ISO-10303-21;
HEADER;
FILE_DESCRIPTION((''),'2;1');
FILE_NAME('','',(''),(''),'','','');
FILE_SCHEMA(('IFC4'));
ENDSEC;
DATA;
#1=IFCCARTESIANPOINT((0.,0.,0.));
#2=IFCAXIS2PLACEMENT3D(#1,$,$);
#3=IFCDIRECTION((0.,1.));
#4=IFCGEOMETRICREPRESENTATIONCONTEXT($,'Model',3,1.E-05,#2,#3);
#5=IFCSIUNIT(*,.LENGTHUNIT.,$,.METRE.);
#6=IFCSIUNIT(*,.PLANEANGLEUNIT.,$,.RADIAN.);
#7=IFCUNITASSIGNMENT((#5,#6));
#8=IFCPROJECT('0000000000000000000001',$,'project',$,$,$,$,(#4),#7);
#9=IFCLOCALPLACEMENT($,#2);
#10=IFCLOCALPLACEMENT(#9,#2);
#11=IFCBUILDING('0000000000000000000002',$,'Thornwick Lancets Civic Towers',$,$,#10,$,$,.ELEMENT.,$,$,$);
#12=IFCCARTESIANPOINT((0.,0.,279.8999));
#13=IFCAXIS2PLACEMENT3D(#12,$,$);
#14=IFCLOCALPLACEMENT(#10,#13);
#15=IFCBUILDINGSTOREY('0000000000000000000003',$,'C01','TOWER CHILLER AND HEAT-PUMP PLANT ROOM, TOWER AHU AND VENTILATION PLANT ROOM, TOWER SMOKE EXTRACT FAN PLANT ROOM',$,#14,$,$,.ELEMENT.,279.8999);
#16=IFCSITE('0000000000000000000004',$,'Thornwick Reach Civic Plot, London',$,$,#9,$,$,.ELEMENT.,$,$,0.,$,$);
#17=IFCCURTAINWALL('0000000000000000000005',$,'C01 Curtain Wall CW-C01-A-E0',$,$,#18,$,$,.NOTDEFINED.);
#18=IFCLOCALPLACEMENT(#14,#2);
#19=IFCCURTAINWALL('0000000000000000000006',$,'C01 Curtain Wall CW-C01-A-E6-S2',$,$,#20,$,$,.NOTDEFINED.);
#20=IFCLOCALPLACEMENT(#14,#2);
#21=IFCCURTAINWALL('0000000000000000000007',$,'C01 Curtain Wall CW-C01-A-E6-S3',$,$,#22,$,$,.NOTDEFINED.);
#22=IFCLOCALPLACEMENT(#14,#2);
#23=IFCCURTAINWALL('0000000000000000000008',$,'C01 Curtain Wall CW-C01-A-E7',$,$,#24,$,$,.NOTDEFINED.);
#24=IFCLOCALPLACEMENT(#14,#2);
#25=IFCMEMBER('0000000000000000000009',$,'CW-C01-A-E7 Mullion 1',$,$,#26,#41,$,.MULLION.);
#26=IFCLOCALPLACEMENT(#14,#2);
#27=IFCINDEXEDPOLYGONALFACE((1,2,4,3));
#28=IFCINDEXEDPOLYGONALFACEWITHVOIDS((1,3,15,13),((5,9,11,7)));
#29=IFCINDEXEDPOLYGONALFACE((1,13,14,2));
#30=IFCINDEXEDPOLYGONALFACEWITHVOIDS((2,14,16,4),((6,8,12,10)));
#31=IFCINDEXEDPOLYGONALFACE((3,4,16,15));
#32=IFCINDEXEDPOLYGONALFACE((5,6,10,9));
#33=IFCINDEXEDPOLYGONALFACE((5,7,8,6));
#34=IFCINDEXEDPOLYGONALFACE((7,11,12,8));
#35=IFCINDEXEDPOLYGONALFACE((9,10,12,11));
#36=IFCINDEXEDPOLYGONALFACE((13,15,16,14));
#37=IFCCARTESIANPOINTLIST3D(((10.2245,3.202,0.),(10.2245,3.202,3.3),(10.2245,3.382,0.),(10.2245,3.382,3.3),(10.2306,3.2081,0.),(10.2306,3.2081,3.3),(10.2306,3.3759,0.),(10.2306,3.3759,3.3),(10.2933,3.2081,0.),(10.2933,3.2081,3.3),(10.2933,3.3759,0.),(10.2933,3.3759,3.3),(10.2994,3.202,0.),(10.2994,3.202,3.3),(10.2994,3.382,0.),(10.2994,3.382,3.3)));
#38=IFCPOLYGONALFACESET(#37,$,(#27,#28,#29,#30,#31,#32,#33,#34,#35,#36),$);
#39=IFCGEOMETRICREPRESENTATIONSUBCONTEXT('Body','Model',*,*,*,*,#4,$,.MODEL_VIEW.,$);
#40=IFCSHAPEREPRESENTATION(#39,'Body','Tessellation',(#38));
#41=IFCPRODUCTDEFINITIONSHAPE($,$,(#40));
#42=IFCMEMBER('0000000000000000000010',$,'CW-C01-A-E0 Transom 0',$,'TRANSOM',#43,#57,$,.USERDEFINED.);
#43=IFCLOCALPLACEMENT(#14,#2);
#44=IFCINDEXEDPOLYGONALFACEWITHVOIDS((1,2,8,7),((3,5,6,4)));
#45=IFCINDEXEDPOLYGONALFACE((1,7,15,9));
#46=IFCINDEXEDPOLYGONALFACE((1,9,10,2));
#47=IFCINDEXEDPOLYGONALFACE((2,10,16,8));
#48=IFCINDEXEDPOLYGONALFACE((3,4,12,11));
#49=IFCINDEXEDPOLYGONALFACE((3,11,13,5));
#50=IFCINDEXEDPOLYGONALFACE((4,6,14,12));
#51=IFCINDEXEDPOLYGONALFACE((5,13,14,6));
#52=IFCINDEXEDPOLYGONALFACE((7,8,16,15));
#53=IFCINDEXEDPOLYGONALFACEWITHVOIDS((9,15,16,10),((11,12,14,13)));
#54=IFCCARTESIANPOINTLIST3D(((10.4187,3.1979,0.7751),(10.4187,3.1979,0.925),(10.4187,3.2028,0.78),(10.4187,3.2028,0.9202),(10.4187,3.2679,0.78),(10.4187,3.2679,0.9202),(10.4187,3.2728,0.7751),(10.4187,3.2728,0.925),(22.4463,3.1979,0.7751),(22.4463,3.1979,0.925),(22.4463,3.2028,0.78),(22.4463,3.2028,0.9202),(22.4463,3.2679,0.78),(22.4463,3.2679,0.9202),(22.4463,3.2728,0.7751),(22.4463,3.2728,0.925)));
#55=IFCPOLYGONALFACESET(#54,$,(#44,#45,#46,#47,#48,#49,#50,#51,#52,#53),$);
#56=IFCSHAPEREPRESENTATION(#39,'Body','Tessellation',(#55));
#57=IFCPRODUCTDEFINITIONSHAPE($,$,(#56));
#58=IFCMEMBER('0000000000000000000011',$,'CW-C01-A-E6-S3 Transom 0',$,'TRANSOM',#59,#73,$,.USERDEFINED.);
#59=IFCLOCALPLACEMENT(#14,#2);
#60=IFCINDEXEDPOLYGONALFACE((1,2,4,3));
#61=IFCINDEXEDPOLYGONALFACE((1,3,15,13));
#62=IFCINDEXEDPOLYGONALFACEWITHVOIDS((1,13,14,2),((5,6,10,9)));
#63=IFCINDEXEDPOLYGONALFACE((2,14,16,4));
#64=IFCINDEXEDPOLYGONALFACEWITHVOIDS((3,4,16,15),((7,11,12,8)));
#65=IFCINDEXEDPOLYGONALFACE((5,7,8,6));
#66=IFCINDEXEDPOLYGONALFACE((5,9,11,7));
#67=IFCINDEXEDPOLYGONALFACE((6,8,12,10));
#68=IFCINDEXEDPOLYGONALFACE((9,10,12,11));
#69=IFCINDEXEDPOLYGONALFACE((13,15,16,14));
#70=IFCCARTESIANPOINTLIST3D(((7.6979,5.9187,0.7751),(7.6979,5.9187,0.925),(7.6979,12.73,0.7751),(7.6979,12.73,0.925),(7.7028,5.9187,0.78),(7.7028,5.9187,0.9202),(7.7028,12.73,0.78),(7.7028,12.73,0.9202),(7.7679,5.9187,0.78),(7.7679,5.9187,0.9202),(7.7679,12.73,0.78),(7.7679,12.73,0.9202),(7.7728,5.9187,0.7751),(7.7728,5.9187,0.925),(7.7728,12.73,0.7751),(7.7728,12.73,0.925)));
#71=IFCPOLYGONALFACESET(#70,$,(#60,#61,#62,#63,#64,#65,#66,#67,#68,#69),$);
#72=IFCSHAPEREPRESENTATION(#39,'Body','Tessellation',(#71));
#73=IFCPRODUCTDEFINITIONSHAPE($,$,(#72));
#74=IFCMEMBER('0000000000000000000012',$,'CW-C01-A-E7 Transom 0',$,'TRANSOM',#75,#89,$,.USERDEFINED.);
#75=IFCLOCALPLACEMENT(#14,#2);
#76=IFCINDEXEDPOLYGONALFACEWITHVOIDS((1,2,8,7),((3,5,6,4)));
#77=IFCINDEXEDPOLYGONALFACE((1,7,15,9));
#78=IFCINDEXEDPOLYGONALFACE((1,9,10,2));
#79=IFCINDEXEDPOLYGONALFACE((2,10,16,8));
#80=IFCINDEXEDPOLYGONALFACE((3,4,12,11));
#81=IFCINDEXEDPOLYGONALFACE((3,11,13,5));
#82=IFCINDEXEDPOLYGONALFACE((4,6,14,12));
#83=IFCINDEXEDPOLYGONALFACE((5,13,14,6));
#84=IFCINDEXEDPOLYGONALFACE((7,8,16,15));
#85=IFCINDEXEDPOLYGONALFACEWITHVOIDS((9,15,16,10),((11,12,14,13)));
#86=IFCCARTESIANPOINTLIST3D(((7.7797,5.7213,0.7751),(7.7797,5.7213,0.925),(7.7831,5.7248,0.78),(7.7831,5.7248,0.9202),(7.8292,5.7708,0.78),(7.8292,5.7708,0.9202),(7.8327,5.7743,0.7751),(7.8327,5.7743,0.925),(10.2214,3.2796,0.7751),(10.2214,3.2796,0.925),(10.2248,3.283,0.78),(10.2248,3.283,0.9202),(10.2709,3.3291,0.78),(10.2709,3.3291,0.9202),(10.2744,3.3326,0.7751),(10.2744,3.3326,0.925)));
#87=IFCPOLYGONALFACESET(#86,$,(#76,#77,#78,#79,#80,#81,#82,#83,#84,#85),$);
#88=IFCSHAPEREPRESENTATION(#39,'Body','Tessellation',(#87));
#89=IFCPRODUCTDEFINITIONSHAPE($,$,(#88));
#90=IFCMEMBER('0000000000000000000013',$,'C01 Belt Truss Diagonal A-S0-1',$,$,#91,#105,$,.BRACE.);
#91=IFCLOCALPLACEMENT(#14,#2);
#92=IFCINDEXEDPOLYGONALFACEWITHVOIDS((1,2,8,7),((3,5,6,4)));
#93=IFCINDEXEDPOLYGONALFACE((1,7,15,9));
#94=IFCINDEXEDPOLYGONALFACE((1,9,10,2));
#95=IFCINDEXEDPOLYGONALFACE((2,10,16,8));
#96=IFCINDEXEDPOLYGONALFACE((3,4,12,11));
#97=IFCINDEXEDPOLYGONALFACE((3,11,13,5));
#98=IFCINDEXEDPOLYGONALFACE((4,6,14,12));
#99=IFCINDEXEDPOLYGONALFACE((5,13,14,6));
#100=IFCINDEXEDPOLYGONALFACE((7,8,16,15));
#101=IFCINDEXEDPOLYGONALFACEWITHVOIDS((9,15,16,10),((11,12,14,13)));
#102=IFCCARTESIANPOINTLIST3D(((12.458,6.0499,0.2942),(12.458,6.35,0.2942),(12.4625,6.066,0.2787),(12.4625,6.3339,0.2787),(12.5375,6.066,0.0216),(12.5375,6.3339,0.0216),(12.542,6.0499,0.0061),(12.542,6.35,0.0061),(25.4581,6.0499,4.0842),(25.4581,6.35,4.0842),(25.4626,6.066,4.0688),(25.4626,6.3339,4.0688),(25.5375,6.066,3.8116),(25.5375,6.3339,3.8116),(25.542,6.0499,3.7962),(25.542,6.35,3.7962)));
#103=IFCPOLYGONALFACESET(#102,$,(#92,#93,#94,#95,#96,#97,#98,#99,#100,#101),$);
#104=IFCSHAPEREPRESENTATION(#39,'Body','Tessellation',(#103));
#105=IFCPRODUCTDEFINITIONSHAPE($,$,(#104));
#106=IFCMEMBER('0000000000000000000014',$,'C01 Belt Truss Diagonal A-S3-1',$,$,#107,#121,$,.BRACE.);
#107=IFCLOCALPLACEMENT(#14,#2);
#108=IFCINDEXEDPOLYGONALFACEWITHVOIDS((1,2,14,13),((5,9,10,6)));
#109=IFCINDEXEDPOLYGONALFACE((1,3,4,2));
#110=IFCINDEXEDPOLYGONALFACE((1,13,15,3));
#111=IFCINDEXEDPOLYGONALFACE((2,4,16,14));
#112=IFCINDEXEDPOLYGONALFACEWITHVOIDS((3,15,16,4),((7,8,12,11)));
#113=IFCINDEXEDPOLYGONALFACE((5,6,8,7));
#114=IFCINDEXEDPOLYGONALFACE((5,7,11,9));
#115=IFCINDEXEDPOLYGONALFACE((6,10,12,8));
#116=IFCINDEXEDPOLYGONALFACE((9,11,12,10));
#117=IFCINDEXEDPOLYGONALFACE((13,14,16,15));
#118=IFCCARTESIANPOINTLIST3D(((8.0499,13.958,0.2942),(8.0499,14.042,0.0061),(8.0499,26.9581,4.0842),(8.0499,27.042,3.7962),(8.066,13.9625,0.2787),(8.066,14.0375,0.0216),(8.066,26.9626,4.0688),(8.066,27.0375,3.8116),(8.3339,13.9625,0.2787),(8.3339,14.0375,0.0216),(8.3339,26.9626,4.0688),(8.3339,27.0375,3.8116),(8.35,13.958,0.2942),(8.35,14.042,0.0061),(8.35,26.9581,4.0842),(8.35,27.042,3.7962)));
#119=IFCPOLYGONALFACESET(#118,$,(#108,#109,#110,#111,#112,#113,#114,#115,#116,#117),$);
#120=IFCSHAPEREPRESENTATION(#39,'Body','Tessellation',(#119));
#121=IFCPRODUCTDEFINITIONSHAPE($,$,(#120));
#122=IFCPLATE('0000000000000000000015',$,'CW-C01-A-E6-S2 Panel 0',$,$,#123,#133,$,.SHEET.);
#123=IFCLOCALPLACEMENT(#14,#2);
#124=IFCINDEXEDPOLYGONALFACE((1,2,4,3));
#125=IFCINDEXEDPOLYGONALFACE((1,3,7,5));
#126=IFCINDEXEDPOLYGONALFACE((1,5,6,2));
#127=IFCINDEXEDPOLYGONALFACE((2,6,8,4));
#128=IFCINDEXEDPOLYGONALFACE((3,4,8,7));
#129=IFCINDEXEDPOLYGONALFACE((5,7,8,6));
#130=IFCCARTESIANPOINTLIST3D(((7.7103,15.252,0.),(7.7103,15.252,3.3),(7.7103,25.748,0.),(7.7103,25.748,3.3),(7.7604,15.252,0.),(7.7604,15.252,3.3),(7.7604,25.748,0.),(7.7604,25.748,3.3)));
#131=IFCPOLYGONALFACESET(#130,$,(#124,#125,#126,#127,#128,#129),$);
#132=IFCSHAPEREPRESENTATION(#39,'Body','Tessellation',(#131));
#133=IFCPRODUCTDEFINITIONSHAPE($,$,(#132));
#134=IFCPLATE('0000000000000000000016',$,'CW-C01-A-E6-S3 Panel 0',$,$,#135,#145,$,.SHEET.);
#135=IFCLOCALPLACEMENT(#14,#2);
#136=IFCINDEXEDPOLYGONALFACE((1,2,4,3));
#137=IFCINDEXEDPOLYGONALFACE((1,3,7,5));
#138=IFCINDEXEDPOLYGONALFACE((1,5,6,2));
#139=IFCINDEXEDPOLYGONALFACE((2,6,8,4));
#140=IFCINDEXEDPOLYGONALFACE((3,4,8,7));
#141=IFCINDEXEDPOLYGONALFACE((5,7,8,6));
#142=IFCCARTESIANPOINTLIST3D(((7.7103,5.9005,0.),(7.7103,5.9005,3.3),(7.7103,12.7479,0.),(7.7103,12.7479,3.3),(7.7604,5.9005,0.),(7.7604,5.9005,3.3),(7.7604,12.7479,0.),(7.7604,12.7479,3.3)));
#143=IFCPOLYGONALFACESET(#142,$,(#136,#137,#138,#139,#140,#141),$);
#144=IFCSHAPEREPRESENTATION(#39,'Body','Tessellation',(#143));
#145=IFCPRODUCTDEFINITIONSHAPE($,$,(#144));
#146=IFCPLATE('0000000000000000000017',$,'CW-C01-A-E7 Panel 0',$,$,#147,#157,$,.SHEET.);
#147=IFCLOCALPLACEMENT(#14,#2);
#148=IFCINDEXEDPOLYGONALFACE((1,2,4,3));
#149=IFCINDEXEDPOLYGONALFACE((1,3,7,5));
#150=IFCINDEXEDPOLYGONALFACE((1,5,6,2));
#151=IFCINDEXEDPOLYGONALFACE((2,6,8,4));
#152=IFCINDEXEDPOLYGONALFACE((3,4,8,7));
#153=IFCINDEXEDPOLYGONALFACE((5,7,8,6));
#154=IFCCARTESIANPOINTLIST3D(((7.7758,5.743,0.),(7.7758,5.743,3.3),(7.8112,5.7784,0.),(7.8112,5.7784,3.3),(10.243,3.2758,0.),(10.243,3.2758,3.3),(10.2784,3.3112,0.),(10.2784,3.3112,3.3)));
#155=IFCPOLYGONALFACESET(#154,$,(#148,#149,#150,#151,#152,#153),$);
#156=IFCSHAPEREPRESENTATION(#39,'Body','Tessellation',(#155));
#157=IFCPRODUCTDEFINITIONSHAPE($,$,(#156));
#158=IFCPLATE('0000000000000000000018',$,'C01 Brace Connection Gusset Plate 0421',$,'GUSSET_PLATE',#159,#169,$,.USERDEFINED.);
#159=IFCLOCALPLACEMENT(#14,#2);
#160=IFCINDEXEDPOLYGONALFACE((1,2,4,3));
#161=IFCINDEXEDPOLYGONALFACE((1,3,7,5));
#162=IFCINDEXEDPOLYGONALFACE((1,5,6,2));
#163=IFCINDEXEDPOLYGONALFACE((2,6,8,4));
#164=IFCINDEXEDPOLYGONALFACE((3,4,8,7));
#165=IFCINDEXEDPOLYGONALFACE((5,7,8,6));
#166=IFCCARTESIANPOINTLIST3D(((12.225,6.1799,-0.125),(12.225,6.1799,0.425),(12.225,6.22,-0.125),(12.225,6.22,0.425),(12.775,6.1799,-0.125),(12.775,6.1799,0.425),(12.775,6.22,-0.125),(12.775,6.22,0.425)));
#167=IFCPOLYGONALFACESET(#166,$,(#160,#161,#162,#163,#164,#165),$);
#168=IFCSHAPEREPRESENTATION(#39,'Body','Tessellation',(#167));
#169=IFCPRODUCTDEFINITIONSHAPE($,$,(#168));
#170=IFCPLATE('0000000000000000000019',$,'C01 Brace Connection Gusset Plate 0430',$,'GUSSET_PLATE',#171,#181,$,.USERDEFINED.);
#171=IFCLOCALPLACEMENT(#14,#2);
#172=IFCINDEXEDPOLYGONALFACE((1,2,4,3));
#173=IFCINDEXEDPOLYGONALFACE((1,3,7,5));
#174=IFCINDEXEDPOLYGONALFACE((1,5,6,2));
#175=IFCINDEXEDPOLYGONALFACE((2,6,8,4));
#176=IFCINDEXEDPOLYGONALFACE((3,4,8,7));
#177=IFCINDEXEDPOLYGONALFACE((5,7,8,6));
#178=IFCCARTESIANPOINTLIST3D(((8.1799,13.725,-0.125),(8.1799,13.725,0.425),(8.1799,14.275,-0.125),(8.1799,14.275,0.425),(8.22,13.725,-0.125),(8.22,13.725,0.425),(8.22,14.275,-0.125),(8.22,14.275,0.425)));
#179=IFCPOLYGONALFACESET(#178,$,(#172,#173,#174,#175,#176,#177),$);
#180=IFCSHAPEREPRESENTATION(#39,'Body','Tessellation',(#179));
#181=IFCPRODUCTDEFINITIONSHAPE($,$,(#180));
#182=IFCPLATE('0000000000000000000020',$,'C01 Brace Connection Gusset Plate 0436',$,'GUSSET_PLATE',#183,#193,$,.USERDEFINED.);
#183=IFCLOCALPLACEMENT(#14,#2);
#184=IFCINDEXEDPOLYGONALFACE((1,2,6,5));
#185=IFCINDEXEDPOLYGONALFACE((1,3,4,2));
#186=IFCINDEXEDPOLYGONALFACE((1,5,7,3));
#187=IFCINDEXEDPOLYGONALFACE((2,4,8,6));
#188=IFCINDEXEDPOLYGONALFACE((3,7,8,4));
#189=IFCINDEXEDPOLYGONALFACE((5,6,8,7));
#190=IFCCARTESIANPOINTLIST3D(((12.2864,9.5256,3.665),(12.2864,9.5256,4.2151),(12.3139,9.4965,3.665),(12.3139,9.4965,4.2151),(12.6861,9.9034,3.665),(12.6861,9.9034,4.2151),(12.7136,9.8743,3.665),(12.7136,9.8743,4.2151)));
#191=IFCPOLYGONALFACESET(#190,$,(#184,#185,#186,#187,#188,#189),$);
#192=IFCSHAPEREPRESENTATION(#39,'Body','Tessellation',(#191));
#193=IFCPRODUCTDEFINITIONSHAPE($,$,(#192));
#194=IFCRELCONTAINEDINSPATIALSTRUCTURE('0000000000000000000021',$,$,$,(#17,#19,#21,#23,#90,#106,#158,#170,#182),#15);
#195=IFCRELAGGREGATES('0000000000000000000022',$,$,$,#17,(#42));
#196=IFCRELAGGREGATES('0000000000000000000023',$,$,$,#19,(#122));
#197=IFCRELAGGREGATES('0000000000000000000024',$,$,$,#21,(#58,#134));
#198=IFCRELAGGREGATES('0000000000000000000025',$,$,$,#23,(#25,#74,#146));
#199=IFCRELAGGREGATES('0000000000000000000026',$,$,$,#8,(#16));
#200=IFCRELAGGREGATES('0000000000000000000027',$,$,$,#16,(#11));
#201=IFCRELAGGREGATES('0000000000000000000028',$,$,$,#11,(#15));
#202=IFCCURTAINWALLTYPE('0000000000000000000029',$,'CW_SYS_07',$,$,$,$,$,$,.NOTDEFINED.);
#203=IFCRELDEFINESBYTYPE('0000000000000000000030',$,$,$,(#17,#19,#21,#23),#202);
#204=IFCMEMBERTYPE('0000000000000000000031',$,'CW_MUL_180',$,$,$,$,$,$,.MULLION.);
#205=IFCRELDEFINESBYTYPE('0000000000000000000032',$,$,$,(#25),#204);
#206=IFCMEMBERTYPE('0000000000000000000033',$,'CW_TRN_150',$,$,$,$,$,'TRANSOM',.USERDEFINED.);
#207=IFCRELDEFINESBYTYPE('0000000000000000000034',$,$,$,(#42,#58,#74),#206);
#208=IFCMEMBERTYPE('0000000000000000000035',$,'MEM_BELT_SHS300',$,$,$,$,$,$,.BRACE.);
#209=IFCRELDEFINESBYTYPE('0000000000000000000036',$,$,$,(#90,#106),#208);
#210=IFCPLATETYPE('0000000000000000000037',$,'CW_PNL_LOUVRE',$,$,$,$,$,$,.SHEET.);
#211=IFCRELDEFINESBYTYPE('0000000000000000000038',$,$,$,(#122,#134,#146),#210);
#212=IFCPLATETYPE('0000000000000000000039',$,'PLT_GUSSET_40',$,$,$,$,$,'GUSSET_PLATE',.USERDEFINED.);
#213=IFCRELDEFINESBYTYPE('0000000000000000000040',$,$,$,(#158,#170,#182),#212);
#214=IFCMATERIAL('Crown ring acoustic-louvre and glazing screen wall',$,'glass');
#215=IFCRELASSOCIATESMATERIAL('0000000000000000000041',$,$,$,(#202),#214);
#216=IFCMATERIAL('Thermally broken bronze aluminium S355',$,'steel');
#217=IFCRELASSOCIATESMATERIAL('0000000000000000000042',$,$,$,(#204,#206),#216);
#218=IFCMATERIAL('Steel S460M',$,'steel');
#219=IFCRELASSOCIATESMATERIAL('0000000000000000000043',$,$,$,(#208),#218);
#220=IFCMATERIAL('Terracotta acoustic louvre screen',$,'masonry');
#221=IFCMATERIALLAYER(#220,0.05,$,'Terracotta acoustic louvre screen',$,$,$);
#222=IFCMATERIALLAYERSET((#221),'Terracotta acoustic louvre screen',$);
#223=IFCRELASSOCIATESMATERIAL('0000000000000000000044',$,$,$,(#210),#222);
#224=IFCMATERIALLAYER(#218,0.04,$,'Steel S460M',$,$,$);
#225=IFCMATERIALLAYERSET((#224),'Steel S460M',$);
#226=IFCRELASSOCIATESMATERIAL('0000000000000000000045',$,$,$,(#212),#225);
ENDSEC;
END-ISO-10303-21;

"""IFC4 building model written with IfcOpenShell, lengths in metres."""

from ifc_helpers import new_model, si_unit, direction, frame, origin, origin_2d, place, context, subcontext, project, spatial, rectangle, hollow_rectangle, extrude, material, layer, layer_set, material_profile, profile_set, type_object, element, aggregate, save


model = new_model("IFC4")

# Units and contexts
model_context = context("Model", 3, precision=1e-05, world=origin(), true_north=direction((0.0, 1.0)))
body_context = subcontext(model_context, "Body", "Model", "MODEL_VIEW")
ifc_project = project(units=[si_unit("LENGTHUNIT", "METRE"), si_unit("PLANEANGLEUNIT", "RADIAN")], contexts=[model_context])

# Site, building, storey
site_placement = place(None, origin())
site = spatial("IfcSite", under=ifc_project, at=site_placement, Name="Thornwick Reach Civic Plot, London", CompositionType="ELEMENT", RefElevation=0.0)
building_placement = place(site_placement, origin())
building = spatial("IfcBuilding", under=site, at=building_placement, Name="Thornwick Lancets Civic Towers", CompositionType="ELEMENT")
storey_placement = place(building_placement, frame((0.0, 0.0, 279.8999)))
storey = spatial("IfcBuildingStorey", under=building, at=storey_placement, Name="C01", Description="TOWER CHILLER AND HEAT-PUMP PLANT ROOM, TOWER AHU AND VENTILATION PLANT ROOM, TOWER SMOKE EXTRACT FAN PLANT ROOM", CompositionType="ELEMENT", Elevation=279.8999)

# Curtain walls
ifc_material_1 = material(Name="Crown ring acoustic-louvre and glazing screen wall", Category="glass")
curtain_wall_type = type_object("IfcCurtainWallType", Name="CW_SYS_07", PredefinedType="NOTDEFINED", material=ifc_material_1)
curtain_wall_1_placement = place(storey_placement, origin())
curtain_wall_1 = element("IfcCurtainWall", 1, at=curtain_wall_1_placement, inside=storey, type_object=curtain_wall_type, Name="C01 Curtain Wall CW-C01-A-E0", PredefinedType="NOTDEFINED")
ifc_material_2 = material(Name="Thermally broken bronze aluminium S355", Category="steel")
ifc_material_profile_1 = material_profile(ifc_material_2, hollow_rectangle(XDim=0.075, YDim=0.1799, WallThickness=0.0061, at=origin_2d()), Name="RHS 180x75x6")
ifc_profile_set_1 = profile_set([ifc_material_profile_1], Name="Thermally broken bronze aluminium S355")
member_type_1 = type_object("IfcMemberType", Name="CW_MUL_180", PredefinedType="MULLION", material=ifc_profile_set_1)
curtain_wall_2_placement = place(storey_placement, origin())
curtain_wall_2 = element("IfcCurtainWall", 2, at=curtain_wall_2_placement, inside=storey, type_object=curtain_wall_type, Name="C01 Curtain Wall CW-C01-A-E6-S2", PredefinedType="NOTDEFINED")

# Curtain walls, member
curtain_wall_3_placement = place(storey_placement, origin())
curtain_wall_3 = element("IfcCurtainWall", 3, at=curtain_wall_3_placement, inside=storey, type_object=curtain_wall_type, Name="C01 Curtain Wall CW-C01-A-E6-S3", PredefinedType="NOTDEFINED")
curtain_wall_4_placement = place(storey_placement, origin())
curtain_wall_4 = element("IfcCurtainWall", 4, at=curtain_wall_4_placement, inside=storey, type_object=curtain_wall_type, Name="C01 Curtain Wall CW-C01-A-E7", PredefinedType="NOTDEFINED")
member_1_placement = place(storey_placement, frame((10.262, 3.292, 0.0), z_axis=(0.0, 0.0, 1.0), x_axis=(1.0, 0.0, 0.0)))
member_1 = element("IfcMember", 5, at=member_1_placement, type_object=member_type_1, Name="CW-C01-A-E7 Mullion 1", PredefinedType="MULLION", context=body_context, shape_type="SweptSolid", body=[
    extrude(hollow_rectangle(XDim=0.075, YDim=0.1799, WallThickness=0.0061, at=origin_2d()), origin(), (0.0, 0.0, 1.0), 3.3),
])

# Members
ifc_material_profile_2 = material_profile(ifc_material_2, hollow_rectangle(XDim=0.075, YDim=0.1499, WallThickness=0.0049, at=origin_2d()), Name="RHS 150x75x5")
ifc_profile_set_2 = profile_set([ifc_material_profile_2], Name="Thermally broken bronze aluminium S355")
member_type_2 = type_object("IfcMemberType", Name="CW_TRN_150", ElementType="TRANSOM", PredefinedType="USERDEFINED", material=ifc_profile_set_2)
member_2_placement = place(storey_placement, frame((10.4187, 3.2354, 0.8501), z_axis=(1.0, 0.0, 0.0), x_axis=(0.0, 1.0, 0.0)))
member_2 = element("IfcMember", 6, at=member_2_placement, type_object=member_type_2, Name="CW-C01-A-E0 Transom 0", ObjectType="TRANSOM", PredefinedType="USERDEFINED", context=body_context, shape_type="SweptSolid", body=[
    extrude(hollow_rectangle(XDim=0.075, YDim=0.1499, WallThickness=0.0049, at=origin_2d()), origin(), (0.0, 0.0, 1.0), 12.0276),
])
aggregate(curtain_wall_1, [member_2])
member_3_placement = place(storey_placement, frame((7.7354, 12.73, 0.8501), z_axis=(0.0, -1.0, 0.0), x_axis=(1.0, 0.0, 0.0)))
member_3 = element("IfcMember", 7, at=member_3_placement, type_object=member_type_2, Name="CW-C01-A-E6-S3 Transom 0", ObjectType="TRANSOM", PredefinedType="USERDEFINED", context=body_context, shape_type="SweptSolid", body=[
    extrude(hollow_rectangle(XDim=0.075, YDim=0.1499, WallThickness=0.0049, at=origin_2d()), origin(), (0.0, 0.0, 1.0), 6.8113),
])
member_4_placement = place(storey_placement, frame((7.8062, 5.7478, 0.8501), z_axis=(0.707107, -0.707107, 0.0), x_axis=(0.707107, 0.707107, 0.0)))
member_4 = element("IfcMember", 8, at=member_4_placement, type_object=member_type_2, Name="CW-C01-A-E7 Transom 0", ObjectType="TRANSOM", PredefinedType="USERDEFINED", context=body_context, shape_type="SweptSolid", body=[
    extrude(hollow_rectangle(XDim=0.075, YDim=0.1499, WallThickness=0.0049, at=origin_2d()), origin(), (0.0, 0.0, 1.0), 3.4531),
])

# Members
ifc_material_3 = material(Name="Steel S460M", Category="steel")
ifc_material_profile_3 = material_profile(ifc_material_3, hollow_rectangle(XDim=0.3, YDim=0.3, WallThickness=0.0161, at=origin_2d()), Name="SHS 300x300x16")
ifc_profile_set_3 = profile_set([ifc_material_profile_3], Name="Steel S460M")
member_type_3 = type_object("IfcMemberType", Name="MEM_BELT_SHS300", PredefinedType="BRACE", material=ifc_profile_set_3)
for number, where, z_axis, x_axis, name in (
    (9, (12.5, 6.2, 0.1501), (0.960032, 0.0, 0.279889), (0.0, 1.0, 0.0), "C01 Belt Truss Diagonal A-S0-1"),
    (10, (8.2, 14.0, 0.1501), (0.0, 0.960032, 0.279889), (-1.0, 0.0, 0.0), "C01 Belt Truss Diagonal A-S3-1"),
):
    element("IfcMember", number, at=place(storey_placement, frame(where, z_axis=z_axis, x_axis=x_axis)), inside=storey, type_object=member_type_3, Name=name, PredefinedType="BRACE", context=body_context, shape_type="SweptSolid", body=[
        extrude(hollow_rectangle(XDim=0.3, YDim=0.3, WallThickness=0.0161, at=origin_2d()), origin(), (0.0, 0.0, 1.0), 13.5413),
    ])

# Plates
ifc_material_4 = material(Name="Terracotta acoustic louvre screen", Category="masonry")
ifc_layer_1 = layer(ifc_material_4, 0.05, Name="Terracotta acoustic louvre screen")
ifc_layer_set_1 = layer_set([ifc_layer_1], Name="Terracotta acoustic louvre screen")
plate_type_1 = type_object("IfcPlateType", Name="CW_PNL_LOUVRE", PredefinedType="SHEET", material=ifc_layer_set_1)
plate_1_placement = place(storey_placement, frame((7.7354, 20.5, 0.0), z_axis=(0.0, 0.0, 1.0), x_axis=(0.0, -1.0, 0.0)))
plate_1 = element("IfcPlate", 11, at=plate_1_placement, type_object=plate_type_1, Name="CW-C01-A-E6-S2 Panel 0", PredefinedType="SHEET", context=body_context, shape_type="SweptSolid", body=[
    extrude(rectangle(XDim=10.4961, YDim=0.05, at=origin_2d()), origin(), (0.0, 0.0, 1.0), 3.3),
])
aggregate(curtain_wall_2, [plate_1])
plate_2_placement = place(storey_placement, frame((7.7354, 9.3242, 0.0), z_axis=(0.0, 0.0, 1.0), x_axis=(0.0, -1.0, 0.0)))
plate_2 = element("IfcPlate", 12, at=plate_2_placement, type_object=plate_type_1, Name="CW-C01-A-E6-S3 Panel 0", PredefinedType="SHEET", context=body_context, shape_type="SweptSolid", body=[
    extrude(rectangle(XDim=6.8474, YDim=0.05, at=origin_2d()), origin(), (0.0, 0.0, 1.0), 3.3),
])
aggregate(curtain_wall_3, [member_3, plate_2])
plate_3_placement = place(storey_placement, frame((9.0271, 4.5271, 0.0), z_axis=(0.0, 0.0, 1.0), x_axis=(0.707107, -0.707107, 0.0)))
plate_3 = element("IfcPlate", 13, at=plate_3_placement, type_object=plate_type_1, Name="CW-C01-A-E7 Panel 0", PredefinedType="SHEET", context=body_context, shape_type="SweptSolid", body=[
    extrude(rectangle(XDim=3.4893, YDim=0.05, at=origin_2d()), origin(), (0.0, 0.0, 1.0), 3.3),
])
aggregate(curtain_wall_4, [member_1, member_4, plate_3])

# Plates
ifc_layer_2 = layer(ifc_material_3, 0.04, Name="Steel S460M")
ifc_layer_set_2 = layer_set([ifc_layer_2], Name="Steel S460M")
plate_type_2 = type_object("IfcPlateType", Name="PLT_GUSSET_40", ElementType="GUSSET_PLATE", PredefinedType="USERDEFINED", material=ifc_layer_set_2)
for number, where, z_axis, x_axis, name in (
    (14, (12.5, 6.2, -0.125), (0.0, 0.0, 1.0), (1.0, 0.0, 0.0), "C01 Brace Connection Gusset Plate 0421"),
    (15, (8.2, 14.0, -0.125), (0.0, 0.0, 1.0), (0.0, 1.0, 0.0), "C01 Brace Connection Gusset Plate 0430"),
    (16, (12.5, 9.7, 3.665), (0.0, 0.0, 1.0), (-0.726814, -0.686834, 0.0), "C01 Brace Connection Gusset Plate 0436"),
):
    element("IfcPlate", number, at=place(storey_placement, frame(where, z_axis=z_axis, x_axis=x_axis)), inside=storey, type_object=plate_type_2, Name=name, ObjectType="GUSSET_PLATE", PredefinedType="USERDEFINED", context=body_context, shape_type="SweptSolid", body=[
        extrude(rectangle(XDim=0.55, YDim=0.04, at=origin_2d()), origin(), (0.0, 0.0, 1.0), 0.55),
    ])

save(model, "model.ifc")
